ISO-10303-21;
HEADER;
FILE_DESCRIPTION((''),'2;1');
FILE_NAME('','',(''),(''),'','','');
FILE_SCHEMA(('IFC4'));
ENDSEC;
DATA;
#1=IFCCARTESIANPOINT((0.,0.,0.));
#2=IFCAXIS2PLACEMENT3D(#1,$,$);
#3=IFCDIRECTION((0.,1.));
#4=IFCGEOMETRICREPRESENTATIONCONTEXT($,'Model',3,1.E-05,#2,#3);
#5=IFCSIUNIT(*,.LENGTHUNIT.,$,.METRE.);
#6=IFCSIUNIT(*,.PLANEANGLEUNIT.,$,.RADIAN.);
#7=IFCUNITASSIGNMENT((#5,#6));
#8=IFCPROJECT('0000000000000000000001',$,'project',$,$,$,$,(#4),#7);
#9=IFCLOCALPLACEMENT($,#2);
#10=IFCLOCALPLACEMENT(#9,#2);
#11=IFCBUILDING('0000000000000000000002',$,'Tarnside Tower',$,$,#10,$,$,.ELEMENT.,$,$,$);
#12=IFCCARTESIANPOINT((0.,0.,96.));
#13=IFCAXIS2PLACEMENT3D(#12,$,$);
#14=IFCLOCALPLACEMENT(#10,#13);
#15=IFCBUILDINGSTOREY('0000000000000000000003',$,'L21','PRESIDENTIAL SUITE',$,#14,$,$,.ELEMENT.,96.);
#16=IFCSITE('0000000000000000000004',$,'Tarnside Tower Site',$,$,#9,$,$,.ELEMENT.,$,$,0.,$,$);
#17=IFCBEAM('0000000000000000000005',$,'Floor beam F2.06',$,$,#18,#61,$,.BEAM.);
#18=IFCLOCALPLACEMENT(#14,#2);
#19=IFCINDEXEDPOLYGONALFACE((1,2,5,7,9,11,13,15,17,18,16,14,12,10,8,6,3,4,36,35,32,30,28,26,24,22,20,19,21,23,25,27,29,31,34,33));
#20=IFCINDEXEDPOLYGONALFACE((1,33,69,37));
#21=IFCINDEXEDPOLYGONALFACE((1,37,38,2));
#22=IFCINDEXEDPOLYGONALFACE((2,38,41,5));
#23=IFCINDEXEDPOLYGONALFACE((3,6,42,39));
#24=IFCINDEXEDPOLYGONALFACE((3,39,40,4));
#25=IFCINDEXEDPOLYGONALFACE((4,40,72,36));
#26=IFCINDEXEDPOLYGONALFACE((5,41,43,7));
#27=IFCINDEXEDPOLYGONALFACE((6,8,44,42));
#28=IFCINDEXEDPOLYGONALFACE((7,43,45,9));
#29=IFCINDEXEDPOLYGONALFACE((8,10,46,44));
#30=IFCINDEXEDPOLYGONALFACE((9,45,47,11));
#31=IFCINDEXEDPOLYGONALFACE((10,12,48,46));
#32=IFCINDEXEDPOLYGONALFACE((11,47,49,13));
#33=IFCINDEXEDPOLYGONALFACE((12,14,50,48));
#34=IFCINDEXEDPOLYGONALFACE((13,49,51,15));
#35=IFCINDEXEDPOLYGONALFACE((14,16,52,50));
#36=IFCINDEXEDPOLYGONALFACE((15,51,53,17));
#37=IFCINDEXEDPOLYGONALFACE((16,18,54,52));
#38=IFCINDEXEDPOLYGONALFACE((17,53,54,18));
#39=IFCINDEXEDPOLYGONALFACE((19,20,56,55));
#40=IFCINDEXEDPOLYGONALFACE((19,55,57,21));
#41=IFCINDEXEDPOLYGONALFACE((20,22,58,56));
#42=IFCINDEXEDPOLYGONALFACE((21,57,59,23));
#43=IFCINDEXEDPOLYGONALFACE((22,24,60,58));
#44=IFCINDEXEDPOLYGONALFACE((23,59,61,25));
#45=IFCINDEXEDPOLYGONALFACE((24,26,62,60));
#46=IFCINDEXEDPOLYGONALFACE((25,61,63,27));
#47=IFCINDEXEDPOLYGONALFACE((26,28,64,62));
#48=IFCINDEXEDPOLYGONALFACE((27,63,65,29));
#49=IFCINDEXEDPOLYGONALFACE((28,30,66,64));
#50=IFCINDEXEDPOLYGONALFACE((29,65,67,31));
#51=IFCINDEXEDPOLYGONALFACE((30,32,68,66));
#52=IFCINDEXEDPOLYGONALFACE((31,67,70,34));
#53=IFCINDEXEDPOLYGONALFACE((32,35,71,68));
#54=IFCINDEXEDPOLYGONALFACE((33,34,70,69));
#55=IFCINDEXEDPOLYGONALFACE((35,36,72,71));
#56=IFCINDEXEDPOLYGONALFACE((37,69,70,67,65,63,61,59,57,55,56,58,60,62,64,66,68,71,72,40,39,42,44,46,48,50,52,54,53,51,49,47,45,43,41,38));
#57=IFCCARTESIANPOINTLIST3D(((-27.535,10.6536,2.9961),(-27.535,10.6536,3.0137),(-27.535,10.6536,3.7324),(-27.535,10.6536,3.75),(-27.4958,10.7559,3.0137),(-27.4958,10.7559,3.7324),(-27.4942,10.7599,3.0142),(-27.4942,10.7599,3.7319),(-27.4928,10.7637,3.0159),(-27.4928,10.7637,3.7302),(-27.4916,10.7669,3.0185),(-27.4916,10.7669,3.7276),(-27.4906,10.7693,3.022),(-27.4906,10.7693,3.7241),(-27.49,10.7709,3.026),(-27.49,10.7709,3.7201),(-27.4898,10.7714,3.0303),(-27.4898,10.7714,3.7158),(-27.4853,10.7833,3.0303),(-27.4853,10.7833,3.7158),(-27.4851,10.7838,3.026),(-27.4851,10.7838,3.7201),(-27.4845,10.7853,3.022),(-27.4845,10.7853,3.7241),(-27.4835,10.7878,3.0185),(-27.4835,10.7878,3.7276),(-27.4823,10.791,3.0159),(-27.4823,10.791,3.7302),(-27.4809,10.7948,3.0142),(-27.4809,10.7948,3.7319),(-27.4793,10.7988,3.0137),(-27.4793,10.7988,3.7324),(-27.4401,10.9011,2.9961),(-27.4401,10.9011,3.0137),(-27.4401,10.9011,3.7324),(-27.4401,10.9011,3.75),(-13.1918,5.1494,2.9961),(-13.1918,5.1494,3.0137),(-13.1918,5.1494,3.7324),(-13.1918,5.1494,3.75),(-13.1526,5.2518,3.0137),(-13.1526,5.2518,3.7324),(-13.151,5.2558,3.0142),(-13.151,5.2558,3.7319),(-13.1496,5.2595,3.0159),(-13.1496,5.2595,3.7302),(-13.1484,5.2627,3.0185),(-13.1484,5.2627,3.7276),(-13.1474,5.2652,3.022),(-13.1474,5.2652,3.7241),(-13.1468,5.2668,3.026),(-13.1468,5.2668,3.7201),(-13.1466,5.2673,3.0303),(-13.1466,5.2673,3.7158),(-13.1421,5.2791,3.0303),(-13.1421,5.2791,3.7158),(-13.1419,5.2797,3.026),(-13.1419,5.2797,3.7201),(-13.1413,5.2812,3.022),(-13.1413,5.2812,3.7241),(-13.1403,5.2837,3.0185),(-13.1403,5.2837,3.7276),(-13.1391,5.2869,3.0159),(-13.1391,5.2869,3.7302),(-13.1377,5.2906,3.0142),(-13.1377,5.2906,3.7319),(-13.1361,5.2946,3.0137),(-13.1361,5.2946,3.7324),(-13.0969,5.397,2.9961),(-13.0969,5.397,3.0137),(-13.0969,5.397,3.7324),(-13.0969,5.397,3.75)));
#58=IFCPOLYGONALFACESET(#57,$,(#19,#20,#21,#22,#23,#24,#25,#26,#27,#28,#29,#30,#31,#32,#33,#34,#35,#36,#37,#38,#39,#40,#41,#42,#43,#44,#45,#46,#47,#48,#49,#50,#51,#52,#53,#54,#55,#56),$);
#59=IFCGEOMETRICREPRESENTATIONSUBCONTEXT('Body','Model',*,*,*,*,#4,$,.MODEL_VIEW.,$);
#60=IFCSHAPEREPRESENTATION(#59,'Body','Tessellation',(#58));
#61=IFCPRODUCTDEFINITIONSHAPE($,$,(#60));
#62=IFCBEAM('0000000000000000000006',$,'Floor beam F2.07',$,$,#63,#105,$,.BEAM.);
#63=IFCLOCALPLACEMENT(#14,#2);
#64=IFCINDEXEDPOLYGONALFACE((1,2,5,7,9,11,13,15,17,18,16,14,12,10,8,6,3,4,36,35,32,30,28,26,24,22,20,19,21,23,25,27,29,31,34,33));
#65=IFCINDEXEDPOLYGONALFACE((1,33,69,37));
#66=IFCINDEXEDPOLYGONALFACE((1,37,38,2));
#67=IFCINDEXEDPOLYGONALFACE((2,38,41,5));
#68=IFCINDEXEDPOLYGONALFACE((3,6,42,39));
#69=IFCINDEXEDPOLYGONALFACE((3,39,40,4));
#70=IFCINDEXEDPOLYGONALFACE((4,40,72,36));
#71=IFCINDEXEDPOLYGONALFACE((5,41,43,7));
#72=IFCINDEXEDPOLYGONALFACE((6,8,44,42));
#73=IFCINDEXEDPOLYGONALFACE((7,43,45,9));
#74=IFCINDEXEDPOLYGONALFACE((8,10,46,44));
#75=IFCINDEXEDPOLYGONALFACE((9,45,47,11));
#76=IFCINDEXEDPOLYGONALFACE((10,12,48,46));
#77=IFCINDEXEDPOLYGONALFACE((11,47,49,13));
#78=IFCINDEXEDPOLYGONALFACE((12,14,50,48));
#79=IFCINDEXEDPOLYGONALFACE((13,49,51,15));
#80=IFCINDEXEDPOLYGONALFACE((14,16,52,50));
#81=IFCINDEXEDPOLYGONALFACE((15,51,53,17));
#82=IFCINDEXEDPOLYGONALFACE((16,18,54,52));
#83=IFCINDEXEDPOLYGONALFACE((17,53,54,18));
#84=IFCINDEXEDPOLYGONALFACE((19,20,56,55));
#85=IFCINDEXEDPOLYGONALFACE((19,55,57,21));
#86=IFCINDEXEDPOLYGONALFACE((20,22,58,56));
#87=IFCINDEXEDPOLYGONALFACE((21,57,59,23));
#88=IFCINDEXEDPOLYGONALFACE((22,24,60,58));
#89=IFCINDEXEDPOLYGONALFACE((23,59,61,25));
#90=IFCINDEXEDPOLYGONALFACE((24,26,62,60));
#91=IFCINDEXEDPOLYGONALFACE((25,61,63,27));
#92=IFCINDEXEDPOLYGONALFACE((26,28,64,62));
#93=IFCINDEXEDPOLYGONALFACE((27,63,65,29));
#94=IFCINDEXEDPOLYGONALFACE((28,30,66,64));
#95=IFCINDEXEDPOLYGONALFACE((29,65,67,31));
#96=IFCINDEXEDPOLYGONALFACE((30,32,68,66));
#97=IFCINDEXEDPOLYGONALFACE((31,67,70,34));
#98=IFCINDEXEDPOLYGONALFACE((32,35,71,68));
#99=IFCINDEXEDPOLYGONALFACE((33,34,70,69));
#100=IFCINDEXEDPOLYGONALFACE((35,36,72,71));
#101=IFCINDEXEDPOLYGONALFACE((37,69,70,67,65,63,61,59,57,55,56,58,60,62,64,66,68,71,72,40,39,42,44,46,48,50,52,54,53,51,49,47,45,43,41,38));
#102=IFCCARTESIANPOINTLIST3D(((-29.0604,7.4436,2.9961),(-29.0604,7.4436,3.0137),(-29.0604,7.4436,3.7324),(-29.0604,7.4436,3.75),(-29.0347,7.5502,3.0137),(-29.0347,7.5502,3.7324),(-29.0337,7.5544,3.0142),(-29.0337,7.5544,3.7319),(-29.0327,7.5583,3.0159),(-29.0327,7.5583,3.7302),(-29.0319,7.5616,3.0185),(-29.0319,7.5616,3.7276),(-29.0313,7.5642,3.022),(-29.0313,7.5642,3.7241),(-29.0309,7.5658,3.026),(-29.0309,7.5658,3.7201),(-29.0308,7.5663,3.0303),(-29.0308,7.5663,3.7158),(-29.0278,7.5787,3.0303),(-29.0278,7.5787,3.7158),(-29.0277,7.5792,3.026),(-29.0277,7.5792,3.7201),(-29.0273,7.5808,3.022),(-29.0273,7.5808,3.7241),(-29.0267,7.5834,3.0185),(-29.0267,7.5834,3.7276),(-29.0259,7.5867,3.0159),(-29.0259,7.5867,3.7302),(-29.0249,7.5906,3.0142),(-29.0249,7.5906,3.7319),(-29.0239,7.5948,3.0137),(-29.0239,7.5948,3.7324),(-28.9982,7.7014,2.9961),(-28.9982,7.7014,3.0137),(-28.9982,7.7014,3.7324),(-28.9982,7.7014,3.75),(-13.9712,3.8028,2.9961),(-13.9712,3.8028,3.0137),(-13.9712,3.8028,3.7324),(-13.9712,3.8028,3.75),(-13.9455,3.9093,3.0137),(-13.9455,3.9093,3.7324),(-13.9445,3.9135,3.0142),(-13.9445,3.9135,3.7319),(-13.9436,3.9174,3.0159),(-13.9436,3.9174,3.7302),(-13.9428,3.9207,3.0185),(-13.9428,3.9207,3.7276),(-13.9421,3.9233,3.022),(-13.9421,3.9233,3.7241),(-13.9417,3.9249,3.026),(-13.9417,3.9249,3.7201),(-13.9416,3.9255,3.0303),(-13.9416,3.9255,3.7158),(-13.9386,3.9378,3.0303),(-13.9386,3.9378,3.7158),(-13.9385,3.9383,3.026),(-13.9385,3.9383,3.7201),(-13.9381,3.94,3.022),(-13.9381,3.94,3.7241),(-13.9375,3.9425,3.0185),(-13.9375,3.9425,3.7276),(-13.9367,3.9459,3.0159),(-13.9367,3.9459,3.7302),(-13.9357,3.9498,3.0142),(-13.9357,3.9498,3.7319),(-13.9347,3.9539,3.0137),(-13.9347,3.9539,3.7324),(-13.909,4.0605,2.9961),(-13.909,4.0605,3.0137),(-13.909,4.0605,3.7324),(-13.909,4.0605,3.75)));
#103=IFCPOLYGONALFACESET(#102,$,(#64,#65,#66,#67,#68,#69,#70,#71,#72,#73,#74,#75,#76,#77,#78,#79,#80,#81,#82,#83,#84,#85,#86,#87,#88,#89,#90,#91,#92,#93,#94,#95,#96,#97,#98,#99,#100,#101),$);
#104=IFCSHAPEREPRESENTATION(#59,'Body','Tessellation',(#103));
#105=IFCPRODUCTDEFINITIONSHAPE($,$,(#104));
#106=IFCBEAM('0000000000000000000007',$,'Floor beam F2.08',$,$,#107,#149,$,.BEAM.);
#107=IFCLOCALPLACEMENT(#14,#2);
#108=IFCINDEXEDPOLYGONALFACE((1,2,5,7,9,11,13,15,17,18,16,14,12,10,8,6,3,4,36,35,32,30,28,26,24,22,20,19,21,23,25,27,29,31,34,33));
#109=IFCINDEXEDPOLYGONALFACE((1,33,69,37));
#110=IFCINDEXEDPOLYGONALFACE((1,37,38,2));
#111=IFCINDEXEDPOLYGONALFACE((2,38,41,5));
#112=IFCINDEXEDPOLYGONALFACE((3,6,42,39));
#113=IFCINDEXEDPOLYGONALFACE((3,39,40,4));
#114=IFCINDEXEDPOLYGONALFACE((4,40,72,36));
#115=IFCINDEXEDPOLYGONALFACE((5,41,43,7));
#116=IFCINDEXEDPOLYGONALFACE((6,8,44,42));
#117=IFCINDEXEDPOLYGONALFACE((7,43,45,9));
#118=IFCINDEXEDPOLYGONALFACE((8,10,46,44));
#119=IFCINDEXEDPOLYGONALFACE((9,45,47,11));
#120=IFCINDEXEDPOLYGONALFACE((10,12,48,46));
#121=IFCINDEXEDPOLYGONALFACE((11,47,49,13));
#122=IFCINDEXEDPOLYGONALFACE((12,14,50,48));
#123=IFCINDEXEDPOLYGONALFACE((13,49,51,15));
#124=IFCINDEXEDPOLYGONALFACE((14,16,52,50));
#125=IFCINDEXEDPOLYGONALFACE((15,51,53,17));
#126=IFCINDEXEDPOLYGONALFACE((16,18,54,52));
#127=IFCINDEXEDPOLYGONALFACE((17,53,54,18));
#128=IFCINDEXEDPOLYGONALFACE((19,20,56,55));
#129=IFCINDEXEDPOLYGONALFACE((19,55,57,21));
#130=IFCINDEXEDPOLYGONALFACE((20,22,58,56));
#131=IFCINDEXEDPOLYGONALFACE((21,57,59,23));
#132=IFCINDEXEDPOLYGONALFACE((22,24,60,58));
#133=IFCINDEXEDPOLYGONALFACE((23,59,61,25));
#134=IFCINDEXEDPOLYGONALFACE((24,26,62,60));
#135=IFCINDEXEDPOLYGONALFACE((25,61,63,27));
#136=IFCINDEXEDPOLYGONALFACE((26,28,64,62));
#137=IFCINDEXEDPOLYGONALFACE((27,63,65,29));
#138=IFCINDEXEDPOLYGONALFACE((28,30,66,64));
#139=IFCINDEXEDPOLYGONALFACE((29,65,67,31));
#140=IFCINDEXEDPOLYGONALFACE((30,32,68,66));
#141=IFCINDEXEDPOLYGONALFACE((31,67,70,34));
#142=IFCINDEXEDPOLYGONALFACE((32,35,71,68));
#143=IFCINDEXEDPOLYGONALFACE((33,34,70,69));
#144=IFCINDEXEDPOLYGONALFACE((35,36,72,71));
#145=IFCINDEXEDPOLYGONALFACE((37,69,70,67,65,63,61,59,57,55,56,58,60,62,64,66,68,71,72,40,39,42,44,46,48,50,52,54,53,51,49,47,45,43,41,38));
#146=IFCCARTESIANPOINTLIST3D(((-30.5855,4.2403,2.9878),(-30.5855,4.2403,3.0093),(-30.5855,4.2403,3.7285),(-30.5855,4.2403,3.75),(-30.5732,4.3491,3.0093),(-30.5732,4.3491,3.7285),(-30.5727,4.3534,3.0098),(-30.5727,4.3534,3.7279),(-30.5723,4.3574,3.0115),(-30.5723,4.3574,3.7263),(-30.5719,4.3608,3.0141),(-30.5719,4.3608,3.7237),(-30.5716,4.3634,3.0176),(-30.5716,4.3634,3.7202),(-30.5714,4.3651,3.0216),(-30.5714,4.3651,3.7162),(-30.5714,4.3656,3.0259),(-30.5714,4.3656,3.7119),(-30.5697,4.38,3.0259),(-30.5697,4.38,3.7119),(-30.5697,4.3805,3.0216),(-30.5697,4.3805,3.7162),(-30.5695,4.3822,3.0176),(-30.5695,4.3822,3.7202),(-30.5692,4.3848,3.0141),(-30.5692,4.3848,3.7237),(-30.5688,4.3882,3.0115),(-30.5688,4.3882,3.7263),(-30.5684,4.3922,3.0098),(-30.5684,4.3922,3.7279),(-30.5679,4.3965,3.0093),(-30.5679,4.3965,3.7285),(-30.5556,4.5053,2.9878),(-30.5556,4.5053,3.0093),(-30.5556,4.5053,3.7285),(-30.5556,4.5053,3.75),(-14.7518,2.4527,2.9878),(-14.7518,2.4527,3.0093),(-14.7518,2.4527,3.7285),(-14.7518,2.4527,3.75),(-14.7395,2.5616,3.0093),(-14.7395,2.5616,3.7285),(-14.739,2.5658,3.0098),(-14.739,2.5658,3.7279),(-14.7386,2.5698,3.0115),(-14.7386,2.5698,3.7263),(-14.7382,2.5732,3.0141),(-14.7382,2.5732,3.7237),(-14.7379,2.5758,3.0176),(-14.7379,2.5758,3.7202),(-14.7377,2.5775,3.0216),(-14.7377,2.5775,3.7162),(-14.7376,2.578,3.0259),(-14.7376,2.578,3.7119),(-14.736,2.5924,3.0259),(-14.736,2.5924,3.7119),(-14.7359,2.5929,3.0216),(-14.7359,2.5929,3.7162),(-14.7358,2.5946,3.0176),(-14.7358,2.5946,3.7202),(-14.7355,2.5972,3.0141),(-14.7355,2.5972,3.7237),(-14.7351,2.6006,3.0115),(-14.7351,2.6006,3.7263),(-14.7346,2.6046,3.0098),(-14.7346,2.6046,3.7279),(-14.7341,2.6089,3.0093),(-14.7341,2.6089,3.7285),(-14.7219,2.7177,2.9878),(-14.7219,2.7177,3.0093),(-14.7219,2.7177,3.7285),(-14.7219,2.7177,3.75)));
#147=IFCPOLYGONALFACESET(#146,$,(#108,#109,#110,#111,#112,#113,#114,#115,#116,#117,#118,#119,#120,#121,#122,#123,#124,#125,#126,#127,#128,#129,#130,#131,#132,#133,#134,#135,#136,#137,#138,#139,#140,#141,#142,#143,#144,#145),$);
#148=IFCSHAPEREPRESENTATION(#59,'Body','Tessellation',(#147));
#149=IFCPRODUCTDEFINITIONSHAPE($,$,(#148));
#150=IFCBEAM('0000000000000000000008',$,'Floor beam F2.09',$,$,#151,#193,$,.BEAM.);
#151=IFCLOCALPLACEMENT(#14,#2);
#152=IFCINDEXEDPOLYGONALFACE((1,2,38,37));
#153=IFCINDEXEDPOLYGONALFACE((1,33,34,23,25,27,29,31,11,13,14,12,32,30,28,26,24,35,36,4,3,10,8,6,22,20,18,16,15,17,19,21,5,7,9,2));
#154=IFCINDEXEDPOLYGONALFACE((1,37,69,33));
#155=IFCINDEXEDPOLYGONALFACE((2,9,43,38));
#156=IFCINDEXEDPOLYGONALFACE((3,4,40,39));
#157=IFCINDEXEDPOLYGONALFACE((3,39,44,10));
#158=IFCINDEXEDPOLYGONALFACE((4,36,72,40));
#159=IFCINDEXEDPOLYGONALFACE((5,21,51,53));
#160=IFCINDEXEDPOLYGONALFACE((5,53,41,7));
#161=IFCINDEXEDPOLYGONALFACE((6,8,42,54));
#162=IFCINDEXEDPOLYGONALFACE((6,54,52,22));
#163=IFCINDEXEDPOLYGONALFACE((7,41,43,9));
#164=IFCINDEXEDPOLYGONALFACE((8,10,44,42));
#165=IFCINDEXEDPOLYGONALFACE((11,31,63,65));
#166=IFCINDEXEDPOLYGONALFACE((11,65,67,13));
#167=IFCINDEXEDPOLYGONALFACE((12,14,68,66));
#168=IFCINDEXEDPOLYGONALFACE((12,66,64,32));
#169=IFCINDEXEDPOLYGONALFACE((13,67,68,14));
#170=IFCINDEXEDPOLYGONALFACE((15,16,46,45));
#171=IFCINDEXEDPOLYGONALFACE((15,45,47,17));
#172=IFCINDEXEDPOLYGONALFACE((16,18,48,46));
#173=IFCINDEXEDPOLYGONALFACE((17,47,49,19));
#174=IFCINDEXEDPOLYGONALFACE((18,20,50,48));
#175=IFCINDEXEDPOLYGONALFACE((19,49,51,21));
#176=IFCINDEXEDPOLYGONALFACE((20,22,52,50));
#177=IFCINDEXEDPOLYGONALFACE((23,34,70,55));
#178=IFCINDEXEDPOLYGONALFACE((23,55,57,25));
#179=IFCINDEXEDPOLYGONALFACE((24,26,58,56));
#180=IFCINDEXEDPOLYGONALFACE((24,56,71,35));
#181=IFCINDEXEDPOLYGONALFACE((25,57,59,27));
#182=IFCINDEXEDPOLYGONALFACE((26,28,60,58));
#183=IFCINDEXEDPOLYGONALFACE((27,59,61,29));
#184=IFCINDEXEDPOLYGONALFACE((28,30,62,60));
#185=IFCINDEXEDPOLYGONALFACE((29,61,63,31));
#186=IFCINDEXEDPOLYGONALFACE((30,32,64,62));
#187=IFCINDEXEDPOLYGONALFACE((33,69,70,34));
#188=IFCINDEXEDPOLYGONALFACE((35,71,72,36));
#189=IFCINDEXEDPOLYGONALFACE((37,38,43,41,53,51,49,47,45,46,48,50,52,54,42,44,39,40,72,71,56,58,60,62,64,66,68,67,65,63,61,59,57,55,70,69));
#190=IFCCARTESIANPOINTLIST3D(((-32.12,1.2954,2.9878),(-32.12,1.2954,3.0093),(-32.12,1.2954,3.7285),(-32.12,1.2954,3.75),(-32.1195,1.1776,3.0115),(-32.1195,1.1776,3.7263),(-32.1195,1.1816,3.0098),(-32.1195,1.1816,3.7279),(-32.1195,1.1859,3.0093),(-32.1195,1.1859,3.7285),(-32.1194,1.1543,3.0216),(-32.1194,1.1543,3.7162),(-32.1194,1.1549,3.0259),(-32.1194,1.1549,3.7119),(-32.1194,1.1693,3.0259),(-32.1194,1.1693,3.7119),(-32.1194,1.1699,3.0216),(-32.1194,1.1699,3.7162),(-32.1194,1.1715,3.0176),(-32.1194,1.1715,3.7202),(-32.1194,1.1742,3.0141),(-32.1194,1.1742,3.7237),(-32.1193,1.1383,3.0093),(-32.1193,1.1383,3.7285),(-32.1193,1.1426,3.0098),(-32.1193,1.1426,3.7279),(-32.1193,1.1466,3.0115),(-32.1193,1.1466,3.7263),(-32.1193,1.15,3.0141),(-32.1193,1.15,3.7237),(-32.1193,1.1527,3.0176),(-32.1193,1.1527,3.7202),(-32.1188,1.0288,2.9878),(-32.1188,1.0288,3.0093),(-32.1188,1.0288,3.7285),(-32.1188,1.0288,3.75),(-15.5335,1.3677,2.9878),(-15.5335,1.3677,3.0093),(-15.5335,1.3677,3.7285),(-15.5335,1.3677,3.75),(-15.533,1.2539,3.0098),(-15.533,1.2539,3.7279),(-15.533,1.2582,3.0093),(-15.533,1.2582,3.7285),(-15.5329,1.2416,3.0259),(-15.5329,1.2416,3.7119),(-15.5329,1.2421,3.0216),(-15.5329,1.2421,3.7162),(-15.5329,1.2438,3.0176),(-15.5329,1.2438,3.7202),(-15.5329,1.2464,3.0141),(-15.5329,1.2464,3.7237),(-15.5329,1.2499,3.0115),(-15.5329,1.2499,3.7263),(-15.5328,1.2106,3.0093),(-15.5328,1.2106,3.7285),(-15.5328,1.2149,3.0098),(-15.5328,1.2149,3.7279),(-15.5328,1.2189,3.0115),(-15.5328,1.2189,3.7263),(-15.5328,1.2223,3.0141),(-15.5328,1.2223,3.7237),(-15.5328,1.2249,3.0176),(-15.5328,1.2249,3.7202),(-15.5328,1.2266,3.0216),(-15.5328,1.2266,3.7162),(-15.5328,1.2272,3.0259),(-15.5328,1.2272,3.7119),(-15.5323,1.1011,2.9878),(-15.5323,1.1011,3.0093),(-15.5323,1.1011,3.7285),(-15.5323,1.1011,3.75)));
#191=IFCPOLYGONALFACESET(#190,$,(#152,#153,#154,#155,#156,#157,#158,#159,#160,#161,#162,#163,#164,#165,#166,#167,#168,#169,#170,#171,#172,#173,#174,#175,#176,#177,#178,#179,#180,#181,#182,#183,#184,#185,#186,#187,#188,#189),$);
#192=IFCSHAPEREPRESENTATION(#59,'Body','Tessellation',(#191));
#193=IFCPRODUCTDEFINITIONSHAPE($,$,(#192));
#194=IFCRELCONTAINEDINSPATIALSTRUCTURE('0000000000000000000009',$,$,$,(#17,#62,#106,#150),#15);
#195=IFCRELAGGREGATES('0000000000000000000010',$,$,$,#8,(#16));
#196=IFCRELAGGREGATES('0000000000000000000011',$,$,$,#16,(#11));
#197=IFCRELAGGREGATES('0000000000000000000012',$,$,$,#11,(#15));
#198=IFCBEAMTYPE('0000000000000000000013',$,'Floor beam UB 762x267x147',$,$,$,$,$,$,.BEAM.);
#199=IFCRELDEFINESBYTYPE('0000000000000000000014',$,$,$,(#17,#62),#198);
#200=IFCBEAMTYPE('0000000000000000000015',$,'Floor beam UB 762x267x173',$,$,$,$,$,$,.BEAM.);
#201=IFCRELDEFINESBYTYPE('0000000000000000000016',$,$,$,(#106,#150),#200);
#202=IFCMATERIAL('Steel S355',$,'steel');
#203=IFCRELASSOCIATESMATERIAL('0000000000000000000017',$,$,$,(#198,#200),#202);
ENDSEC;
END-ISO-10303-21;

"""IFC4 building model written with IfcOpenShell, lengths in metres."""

from ifc_helpers import new_model, si_unit, direction, frame, origin, origin_2d, place, context, subcontext, project, spatial, i_section, extrude, material, material_profile, profile_set, type_object, element, save


model = new_model("IFC4")

# Units and contexts
model_context = context("Model", 3, precision=1e-05, world=origin(), true_north=direction((0.0, 1.0)))
body_context = subcontext(model_context, "Body", "Model", "MODEL_VIEW")
ifc_project = project(units=[si_unit("LENGTHUNIT", "METRE"), si_unit("PLANEANGLEUNIT", "RADIAN")], contexts=[model_context])

# Site, building, storey
site_placement = place(None, origin())
site = spatial("IfcSite", under=ifc_project, at=site_placement, Name="Tarnside Tower Site", CompositionType="ELEMENT", RefElevation=0.0)
building_placement = place(site_placement, origin())
building = spatial("IfcBuilding", under=site, at=building_placement, Name="Tarnside Tower", CompositionType="ELEMENT")
storey_placement = place(building_placement, frame((0.0, 0.0, 96.0)))
storey = spatial("IfcBuildingStorey", under=building, at=storey_placement, Name="L21", Description="PRESIDENTIAL SUITE", CompositionType="ELEMENT", Elevation=96.0)

# Beams
ifc_material_1 = material(Name="Steel S355", Category="steel")
ifc_material_profile_1 = material_profile(ifc_material_1, i_section(OverallWidth=0.2651, OverallDepth=0.7539, WebThickness=0.0127, FlangeThickness=0.0176, FilletRadius=0.0166, at=origin_2d()), Name="UB 762x267x147")
ifc_profile_set_1 = profile_set([ifc_material_profile_1], Name="Steel S355")
beam_type_1 = type_object("IfcBeamType", Name="Floor beam UB 762x267x147", PredefinedType="BEAM", material=ifc_profile_set_1)
beam_1_placement = place(storey_placement, frame((-27.4875, 10.7773, 3.373), z_axis=(0.933618, -0.358271, 0.0), x_axis=(0.358271, 0.933618, 0.0)))
element("IfcBeam", 1, at=beam_1_placement, inside=storey, type_object=beam_type_1, Name="Floor beam F2.06", PredefinedType="BEAM", context=body_context, shape_type="SweptSolid", body=[
    extrude(i_section(OverallWidth=0.2651, OverallDepth=0.7539, WebThickness=0.0127, FlangeThickness=0.0176, FilletRadius=0.0166, at=origin_2d()), origin(), (0.0, 0.0, 1.0), 15.363),
])
beam_2_placement = place(storey_placement, frame((-29.0293, 7.5725, 3.373), z_axis=(0.972102, -0.23456, 0.0), x_axis=(0.23456, 0.972102, 0.0)))
element("IfcBeam", 2, at=beam_2_placement, inside=storey, type_object=beam_type_1, Name="Floor beam F2.07", PredefinedType="BEAM", context=body_context, shape_type="SweptSolid", body=[
    extrude(i_section(OverallWidth=0.2651, OverallDepth=0.7539, WebThickness=0.0127, FlangeThickness=0.0176, FilletRadius=0.0166, at=origin_2d()), origin(), (0.0, 0.0, 1.0), 15.5222),
])
ifc_material_profile_2 = material_profile(ifc_material_1, i_section(OverallWidth=0.2666, OverallDepth=0.7622, WebThickness=0.0144, FlangeThickness=0.0215, FilletRadius=0.0166, at=origin_2d()), Name="UB 762x267x173")
ifc_profile_set_2 = profile_set([ifc_material_profile_2], Name="Steel S355")
beam_type_2 = type_object("IfcBeamType", Name="Floor beam UB 762x267x173", PredefinedType="BEAM", material=ifc_profile_set_2)
beam_3_placement = place(storey_placement, frame((-30.5706, 4.3728, 3.3689), z_axis=(0.993687, -0.112185, 0.0), x_axis=(0.112185, 0.993687, 0.0)))
element("IfcBeam", 3, at=beam_3_placement, inside=storey, type_object=beam_type_2, Name="Floor beam F2.08", PredefinedType="BEAM", context=body_context, shape_type="SweptSolid", body=[
    extrude(i_section(OverallWidth=0.2666, OverallDepth=0.7622, WebThickness=0.0144, FlangeThickness=0.0215, FilletRadius=0.0166, at=origin_2d()), origin(), (0.0, 0.0, 1.0), 15.9343),
])
beam_4_placement = place(storey_placement, frame((-32.1194, 1.1621, 3.3689), z_axis=(0.999991, 0.004357, 0.0), x_axis=(-0.004357, 0.999991, 0.0)))
element("IfcBeam", 4, at=beam_4_placement, inside=storey, type_object=beam_type_2, Name="Floor beam F2.09", PredefinedType="BEAM", context=body_context, shape_type="SweptSolid", body=[
    extrude(i_section(OverallWidth=0.2666, OverallDepth=0.7622, WebThickness=0.0144, FlangeThickness=0.0215, FilletRadius=0.0166, at=origin_2d()), origin(), (0.0, 0.0, 1.0), 16.5867),
])

save(model, "model.ifc")
